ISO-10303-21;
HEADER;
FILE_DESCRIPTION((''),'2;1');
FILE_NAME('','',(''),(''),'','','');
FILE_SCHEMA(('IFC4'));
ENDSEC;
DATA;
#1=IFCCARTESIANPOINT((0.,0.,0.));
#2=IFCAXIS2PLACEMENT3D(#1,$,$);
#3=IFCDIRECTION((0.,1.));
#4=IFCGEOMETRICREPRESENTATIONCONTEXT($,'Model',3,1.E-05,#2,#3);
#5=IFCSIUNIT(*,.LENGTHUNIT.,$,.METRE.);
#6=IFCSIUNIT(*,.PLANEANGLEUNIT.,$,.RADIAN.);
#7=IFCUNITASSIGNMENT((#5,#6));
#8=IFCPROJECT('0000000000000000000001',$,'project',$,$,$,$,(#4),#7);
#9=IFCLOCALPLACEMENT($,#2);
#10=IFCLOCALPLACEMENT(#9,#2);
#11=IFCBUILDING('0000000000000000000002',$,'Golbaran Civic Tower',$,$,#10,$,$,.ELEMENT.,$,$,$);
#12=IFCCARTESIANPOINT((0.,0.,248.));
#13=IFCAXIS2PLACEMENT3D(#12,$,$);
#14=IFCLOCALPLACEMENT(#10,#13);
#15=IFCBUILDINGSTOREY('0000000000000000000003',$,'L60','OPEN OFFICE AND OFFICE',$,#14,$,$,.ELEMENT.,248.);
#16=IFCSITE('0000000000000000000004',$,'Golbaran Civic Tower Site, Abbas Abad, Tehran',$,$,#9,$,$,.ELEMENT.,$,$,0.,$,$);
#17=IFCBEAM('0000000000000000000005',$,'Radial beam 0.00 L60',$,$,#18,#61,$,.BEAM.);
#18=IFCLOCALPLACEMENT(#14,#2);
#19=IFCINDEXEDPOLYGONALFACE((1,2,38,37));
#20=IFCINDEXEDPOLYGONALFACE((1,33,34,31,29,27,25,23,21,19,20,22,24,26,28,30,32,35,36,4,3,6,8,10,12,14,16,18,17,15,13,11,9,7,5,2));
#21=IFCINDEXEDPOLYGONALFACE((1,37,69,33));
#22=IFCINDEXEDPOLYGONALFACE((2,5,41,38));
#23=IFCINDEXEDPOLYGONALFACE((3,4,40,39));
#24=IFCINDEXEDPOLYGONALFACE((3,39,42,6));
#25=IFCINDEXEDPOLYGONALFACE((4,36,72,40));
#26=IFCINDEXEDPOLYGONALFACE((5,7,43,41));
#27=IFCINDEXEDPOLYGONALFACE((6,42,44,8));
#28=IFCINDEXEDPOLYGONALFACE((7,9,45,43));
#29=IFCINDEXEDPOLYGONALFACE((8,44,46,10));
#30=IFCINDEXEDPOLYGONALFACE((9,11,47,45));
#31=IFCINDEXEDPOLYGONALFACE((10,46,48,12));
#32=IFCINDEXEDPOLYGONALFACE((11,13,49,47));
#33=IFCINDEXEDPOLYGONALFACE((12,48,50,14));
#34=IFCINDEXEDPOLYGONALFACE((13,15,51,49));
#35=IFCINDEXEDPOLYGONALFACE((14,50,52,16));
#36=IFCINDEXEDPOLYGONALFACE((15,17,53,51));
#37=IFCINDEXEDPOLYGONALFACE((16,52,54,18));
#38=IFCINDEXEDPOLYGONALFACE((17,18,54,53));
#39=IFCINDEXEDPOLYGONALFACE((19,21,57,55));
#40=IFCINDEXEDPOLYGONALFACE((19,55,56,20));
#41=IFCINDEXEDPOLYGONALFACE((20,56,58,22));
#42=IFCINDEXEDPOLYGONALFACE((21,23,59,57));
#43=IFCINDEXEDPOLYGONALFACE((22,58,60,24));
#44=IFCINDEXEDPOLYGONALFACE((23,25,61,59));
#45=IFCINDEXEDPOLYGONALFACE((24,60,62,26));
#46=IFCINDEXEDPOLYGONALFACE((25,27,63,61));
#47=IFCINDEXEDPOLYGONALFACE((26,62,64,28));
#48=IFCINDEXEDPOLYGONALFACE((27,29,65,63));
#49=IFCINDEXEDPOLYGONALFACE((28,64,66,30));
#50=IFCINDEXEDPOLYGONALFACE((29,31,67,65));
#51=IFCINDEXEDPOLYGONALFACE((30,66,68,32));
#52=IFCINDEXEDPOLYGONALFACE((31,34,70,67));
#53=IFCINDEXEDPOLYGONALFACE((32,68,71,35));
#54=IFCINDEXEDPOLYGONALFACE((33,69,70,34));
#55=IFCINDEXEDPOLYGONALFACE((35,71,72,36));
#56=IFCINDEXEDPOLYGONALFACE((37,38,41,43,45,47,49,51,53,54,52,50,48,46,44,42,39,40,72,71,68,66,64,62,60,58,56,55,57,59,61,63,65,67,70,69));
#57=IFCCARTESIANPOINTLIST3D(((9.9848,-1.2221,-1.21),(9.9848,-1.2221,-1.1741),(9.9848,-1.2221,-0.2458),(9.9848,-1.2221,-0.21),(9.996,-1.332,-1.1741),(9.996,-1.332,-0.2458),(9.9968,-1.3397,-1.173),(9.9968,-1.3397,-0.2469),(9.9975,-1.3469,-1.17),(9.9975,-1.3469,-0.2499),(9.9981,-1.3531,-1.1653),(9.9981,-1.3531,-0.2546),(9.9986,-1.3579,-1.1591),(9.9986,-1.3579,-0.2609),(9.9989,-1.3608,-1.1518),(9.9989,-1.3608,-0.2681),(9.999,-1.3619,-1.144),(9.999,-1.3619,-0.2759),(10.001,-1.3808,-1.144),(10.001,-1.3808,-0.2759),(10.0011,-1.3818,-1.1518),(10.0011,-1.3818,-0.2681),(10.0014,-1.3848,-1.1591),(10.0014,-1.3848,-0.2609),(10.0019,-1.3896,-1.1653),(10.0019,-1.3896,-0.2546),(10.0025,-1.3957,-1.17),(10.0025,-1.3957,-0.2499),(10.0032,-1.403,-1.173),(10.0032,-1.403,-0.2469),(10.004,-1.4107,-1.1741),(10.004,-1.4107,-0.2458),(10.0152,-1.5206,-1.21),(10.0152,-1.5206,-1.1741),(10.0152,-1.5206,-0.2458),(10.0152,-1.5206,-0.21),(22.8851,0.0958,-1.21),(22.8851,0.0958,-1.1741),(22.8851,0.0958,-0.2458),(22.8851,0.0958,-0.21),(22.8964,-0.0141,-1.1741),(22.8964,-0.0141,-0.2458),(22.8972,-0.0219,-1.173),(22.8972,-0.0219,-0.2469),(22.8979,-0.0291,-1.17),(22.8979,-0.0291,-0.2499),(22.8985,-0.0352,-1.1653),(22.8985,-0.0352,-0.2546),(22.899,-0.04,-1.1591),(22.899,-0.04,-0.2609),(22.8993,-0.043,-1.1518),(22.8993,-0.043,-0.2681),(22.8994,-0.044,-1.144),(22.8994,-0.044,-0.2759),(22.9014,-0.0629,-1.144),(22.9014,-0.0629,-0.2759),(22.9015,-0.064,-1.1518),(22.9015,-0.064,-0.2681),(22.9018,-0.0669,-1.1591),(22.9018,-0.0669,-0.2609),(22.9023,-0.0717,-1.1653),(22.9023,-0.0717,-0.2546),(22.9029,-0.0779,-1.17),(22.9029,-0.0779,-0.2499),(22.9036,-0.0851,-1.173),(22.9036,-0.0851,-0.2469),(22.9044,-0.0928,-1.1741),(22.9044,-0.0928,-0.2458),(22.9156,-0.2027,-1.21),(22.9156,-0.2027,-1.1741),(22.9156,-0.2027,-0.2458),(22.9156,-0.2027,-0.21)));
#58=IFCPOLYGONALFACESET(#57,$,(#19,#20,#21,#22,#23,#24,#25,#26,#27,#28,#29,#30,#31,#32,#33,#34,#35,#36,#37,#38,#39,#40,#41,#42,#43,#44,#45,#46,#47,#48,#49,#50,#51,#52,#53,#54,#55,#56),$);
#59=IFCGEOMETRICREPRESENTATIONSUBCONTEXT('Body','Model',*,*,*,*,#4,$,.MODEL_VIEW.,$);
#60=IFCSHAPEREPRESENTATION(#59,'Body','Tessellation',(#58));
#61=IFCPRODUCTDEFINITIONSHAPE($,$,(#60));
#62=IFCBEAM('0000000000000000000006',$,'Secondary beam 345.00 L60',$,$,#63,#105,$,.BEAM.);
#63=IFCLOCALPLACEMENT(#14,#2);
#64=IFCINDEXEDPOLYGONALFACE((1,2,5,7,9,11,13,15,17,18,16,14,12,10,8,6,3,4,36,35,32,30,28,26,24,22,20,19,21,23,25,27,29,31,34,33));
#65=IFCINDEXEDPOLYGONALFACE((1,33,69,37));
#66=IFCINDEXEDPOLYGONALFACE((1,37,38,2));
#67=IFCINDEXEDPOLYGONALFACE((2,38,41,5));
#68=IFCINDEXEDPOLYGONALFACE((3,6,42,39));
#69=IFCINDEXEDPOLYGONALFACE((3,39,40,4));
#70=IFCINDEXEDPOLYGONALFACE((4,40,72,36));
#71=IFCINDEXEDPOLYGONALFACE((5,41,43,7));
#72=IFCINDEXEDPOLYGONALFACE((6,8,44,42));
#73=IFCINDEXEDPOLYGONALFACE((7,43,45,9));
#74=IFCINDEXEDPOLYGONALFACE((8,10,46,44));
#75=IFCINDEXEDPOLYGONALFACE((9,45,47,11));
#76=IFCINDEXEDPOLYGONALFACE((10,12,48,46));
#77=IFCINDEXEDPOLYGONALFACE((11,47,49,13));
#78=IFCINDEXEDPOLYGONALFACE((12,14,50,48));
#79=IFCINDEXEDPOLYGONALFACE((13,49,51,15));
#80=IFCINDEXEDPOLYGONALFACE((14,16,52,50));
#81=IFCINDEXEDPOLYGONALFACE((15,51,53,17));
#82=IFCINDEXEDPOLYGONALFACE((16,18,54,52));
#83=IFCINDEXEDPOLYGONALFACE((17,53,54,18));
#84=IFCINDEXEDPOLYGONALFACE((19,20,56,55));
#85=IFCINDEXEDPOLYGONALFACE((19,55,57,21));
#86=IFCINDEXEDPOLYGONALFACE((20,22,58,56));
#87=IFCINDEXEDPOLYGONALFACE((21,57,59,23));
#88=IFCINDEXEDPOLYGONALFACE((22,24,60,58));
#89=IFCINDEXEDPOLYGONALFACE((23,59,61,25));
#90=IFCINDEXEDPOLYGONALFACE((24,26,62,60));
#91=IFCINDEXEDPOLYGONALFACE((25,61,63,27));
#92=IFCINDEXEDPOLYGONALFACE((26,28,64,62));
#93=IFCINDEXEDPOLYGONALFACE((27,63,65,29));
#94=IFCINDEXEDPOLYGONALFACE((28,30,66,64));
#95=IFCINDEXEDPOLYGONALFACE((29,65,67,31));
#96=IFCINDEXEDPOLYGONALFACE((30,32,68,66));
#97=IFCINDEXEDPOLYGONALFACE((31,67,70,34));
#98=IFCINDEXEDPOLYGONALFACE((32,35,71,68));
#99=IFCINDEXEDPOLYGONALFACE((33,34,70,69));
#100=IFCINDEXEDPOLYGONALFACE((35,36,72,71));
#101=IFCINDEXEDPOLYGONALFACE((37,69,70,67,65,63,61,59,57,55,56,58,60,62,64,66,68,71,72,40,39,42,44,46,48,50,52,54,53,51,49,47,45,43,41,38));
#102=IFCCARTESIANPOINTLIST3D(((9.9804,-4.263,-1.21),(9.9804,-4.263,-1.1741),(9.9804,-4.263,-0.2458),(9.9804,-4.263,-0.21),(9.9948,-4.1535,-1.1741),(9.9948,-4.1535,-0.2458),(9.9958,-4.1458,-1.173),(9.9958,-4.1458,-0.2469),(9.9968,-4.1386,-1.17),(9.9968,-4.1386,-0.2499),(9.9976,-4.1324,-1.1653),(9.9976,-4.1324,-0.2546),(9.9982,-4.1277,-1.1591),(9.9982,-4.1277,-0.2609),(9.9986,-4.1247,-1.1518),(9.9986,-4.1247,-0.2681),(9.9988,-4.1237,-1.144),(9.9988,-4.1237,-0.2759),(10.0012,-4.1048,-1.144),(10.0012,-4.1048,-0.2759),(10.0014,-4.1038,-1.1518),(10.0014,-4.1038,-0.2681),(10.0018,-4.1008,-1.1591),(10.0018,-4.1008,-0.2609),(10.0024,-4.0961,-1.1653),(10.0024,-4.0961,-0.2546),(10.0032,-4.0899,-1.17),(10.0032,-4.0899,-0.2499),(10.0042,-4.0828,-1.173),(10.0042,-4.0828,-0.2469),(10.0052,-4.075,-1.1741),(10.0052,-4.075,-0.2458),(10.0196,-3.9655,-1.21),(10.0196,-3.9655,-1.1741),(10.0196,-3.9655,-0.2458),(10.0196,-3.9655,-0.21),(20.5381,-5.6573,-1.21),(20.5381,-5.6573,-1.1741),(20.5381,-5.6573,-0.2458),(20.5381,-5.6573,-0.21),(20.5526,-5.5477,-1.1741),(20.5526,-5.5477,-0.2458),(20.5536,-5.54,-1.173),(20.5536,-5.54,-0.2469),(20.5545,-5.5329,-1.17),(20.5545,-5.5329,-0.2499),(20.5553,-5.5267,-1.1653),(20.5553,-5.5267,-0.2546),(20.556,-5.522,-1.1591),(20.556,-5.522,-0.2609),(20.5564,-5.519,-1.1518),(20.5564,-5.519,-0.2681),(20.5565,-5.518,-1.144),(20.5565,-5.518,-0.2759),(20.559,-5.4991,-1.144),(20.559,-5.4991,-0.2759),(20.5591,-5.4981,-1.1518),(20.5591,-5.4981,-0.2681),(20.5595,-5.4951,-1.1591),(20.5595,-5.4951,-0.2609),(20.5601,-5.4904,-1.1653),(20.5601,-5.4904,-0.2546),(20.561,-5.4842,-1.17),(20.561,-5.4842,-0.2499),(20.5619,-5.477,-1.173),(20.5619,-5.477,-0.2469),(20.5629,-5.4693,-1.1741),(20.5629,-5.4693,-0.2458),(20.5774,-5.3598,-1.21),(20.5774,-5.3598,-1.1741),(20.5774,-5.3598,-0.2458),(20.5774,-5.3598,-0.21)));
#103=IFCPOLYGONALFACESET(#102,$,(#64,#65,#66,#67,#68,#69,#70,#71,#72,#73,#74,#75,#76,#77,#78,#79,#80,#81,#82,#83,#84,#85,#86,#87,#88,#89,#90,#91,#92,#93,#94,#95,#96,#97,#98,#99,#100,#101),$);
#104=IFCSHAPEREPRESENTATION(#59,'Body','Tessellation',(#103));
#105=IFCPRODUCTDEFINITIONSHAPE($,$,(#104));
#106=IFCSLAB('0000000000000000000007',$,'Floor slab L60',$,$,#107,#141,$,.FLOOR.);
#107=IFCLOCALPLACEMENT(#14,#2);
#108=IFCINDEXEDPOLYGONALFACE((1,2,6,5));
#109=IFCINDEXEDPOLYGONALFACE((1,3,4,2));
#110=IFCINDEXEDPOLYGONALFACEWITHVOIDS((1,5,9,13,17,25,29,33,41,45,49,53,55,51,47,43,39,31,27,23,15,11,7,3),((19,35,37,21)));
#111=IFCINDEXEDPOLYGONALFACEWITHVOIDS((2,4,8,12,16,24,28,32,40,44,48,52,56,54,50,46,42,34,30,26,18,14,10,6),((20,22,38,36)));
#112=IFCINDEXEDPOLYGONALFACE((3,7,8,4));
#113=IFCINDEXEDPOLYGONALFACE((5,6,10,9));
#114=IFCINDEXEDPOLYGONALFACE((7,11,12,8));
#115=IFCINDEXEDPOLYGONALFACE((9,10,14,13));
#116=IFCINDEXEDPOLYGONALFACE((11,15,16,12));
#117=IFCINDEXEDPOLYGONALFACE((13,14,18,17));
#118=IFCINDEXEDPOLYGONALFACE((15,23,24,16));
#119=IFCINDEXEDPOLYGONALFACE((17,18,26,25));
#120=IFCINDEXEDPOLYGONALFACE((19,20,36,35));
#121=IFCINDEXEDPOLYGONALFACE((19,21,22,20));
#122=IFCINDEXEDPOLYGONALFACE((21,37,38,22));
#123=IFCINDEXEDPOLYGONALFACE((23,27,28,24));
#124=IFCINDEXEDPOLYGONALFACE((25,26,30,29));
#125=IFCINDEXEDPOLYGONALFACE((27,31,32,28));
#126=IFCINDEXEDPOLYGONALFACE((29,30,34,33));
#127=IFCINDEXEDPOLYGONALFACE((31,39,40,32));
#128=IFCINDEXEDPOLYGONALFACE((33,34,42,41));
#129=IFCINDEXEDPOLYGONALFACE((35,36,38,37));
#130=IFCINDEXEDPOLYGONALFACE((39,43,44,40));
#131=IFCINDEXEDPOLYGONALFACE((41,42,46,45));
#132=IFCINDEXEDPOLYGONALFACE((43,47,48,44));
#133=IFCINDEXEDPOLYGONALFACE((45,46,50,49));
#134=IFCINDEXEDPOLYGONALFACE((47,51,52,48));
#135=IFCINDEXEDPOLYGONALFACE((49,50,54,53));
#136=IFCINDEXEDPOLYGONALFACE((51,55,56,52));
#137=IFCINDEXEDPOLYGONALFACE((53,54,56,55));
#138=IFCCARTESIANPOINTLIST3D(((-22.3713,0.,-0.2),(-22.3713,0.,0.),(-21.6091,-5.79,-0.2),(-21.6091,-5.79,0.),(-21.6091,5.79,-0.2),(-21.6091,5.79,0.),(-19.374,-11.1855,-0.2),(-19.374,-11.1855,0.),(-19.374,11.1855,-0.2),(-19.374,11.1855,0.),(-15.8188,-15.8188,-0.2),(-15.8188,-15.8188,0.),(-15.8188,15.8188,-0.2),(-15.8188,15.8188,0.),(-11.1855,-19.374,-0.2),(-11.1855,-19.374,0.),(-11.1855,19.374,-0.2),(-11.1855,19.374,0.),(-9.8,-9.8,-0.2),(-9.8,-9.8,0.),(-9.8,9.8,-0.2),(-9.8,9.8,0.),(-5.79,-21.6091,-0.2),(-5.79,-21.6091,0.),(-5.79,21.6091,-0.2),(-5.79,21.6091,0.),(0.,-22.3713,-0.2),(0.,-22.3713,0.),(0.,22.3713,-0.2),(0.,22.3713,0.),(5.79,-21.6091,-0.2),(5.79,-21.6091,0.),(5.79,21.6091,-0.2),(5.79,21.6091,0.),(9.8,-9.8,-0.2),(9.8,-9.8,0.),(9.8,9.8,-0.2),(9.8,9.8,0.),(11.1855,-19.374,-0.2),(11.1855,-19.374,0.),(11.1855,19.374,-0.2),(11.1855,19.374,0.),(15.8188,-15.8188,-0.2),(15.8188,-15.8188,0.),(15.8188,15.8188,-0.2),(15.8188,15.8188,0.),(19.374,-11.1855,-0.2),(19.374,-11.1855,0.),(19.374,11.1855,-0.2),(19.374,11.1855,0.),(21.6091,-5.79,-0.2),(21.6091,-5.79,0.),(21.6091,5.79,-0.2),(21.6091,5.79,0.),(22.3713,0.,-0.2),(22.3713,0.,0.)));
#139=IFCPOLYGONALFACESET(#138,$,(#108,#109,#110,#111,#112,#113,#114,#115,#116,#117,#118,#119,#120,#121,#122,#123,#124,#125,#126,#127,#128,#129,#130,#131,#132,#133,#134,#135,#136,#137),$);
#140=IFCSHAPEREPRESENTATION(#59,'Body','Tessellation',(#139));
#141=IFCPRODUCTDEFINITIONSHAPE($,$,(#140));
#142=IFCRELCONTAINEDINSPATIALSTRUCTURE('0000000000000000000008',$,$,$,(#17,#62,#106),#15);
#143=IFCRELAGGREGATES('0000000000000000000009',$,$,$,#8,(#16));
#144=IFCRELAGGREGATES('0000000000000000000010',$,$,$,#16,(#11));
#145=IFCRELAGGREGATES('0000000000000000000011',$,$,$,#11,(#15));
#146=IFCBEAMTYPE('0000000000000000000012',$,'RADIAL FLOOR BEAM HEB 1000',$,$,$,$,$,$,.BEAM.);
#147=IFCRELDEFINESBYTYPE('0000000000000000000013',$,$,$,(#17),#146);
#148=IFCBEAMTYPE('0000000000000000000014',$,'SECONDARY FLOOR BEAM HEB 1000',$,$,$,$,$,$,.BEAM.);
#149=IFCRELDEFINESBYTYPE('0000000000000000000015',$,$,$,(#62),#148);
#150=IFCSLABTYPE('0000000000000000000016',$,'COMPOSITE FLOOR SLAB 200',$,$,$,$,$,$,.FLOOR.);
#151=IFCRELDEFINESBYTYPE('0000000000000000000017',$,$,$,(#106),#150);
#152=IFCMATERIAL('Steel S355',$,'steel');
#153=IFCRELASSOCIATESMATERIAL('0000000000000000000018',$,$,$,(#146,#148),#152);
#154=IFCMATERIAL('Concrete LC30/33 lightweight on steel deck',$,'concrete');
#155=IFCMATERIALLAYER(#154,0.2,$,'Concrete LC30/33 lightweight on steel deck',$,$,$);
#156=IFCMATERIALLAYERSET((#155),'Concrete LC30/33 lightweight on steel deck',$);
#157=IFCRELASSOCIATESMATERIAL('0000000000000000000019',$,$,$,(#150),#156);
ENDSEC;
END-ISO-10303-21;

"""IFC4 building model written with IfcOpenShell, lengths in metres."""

from ifc_helpers import new_model, si_unit, direction, frame, origin, origin_2d, place, context, subcontext, project, spatial, polyline, i_section, outline, extrude, material, layer, layer_set, material_profile, profile_set, type_object, element, save


model = new_model("IFC4")

# Units and contexts
model_context = context("Model", 3, precision=1e-05, world=origin(), true_north=direction((0.0, 1.0)))
body_context = subcontext(model_context, "Body", "Model", "MODEL_VIEW")
ifc_project = project(units=[si_unit("LENGTHUNIT", "METRE"), si_unit("PLANEANGLEUNIT", "RADIAN")], contexts=[model_context])

# Site, building, storey
site_placement = place(None, origin())
site = spatial("IfcSite", under=ifc_project, at=site_placement, Name="Golbaran Civic Tower Site, Abbas Abad, Tehran", CompositionType="ELEMENT", RefElevation=0.0)
building_placement = place(site_placement, origin())
building = spatial("IfcBuilding", under=site, at=building_placement, Name="Golbaran Civic Tower", CompositionType="ELEMENT")
storey_placement = place(building_placement, frame((0.0, 0.0, 248.0)))
storey = spatial("IfcBuildingStorey", under=building, at=storey_placement, Name="L60", Description="OPEN OFFICE AND OFFICE", CompositionType="ELEMENT", Elevation=248.0)

# Beams
ifc_material_1 = material(Name="Steel S355", Category="steel")
ifc_material_profile_1 = material_profile(ifc_material_1, i_section(OverallWidth=0.3, OverallDepth=1.0, WebThickness=0.019, FlangeThickness=0.0359, FilletRadius=0.03, at=origin_2d()), Name="HEB 1000")
ifc_profile_set_1 = profile_set([ifc_material_profile_1], Name="Steel S355")
beam_type_1 = type_object("IfcBeamType", Name="RADIAL FLOOR BEAM HEB 1000", PredefinedType="BEAM", material=ifc_profile_set_1)
beam_1_placement = place(storey_placement, frame((10.0, -1.3713, -0.71), z_axis=(0.994822, 0.101629, 0.0), x_axis=(-0.101629, 0.994822, 0.0)))
element("IfcBeam", 1, at=beam_1_placement, inside=storey, type_object=beam_type_1, Name="Radial beam 0.00 L60", PredefinedType="BEAM", context=body_context, shape_type="SweptSolid", body=[
    extrude(i_section(OverallWidth=0.3, OverallDepth=1.0, WebThickness=0.019, FlangeThickness=0.0359, FilletRadius=0.03, at=origin_2d()), origin(), (0.0, 0.0, 1.0), 12.9675),
])
ifc_material_profile_2 = material_profile(ifc_material_1, i_section(OverallWidth=0.3, OverallDepth=1.0, WebThickness=0.019, FlangeThickness=0.0359, FilletRadius=0.03, at=origin_2d()), Name="HEB 1000")
ifc_profile_set_2 = profile_set([ifc_material_profile_2], Name="Steel S355")
beam_type_2 = type_object("IfcBeamType", Name="SECONDARY FLOOR BEAM HEB 1000", PredefinedType="BEAM", material=ifc_profile_set_2)
beam_2_placement = place(storey_placement, frame((10.0, -4.1143, -0.71), z_axis=(0.991392, -0.130925, 0.0), x_axis=(0.130925, 0.991392, 0.0)))
element("IfcBeam", 2, at=beam_2_placement, inside=storey, type_object=beam_type_2, Name="Secondary beam 345.00 L60", PredefinedType="BEAM", context=body_context, shape_type="SweptSolid", body=[
    extrude(i_section(OverallWidth=0.3, OverallDepth=1.0, WebThickness=0.019, FlangeThickness=0.0359, FilletRadius=0.03, at=origin_2d()), origin(), (0.0, 0.0, 1.0), 10.6494),
])

# Slab
ifc_material_2 = material(Name="Concrete LC30/33 lightweight on steel deck", Category="concrete")
ifc_layer_1 = layer(ifc_material_2, 0.2, Name="Concrete LC30/33 lightweight on steel deck")
ifc_layer_set_1 = layer_set([ifc_layer_1], Name="Concrete LC30/33 lightweight on steel deck")
slab_type_1 = type_object("IfcSlabType", Name="COMPOSITE FLOOR SLAB 200", PredefinedType="FLOOR", material=ifc_layer_set_1)
slab_1_placement = place(storey_placement, frame((0.0, 0.0, -0.2)))
element("IfcSlab", 3, at=slab_1_placement, inside=storey, type_object=slab_type_1, Name="Floor slab L60", PredefinedType="FLOOR", context=body_context, shape_type="SweptSolid", body=[
    extrude(outline(polyline([(19.374, -11.1855), (15.8188, -15.8188), (11.1855, -19.374), (5.79, -21.6091), (0.0, -22.3713), (-5.79, -21.6091), (-11.1855, -19.374), (-15.8188, -15.8188), (-19.374, -11.1855), (-21.6091, -5.79), (-22.3713, 0.0), (-21.6091, 5.79), (-19.374, 11.1855), (-15.8188, 15.8188), (-11.1855, 19.374), (-5.79, 21.6091), (0.0, 22.3713), (5.79, 21.6091), (11.1855, 19.374), (15.8188, 15.8188), (19.374, 11.1855), (21.6091, 5.79), (22.3713, 0.0), (21.6091, -5.79), (19.374, -11.1855)]), holes=[polyline([(-9.8, 9.8), (-9.8, -9.8), (9.8, -9.8), (9.8, 9.8), (-9.8, 9.8)])]), origin(), (0.0, 0.0, 1.0), 0.2),
])

save(model, "model.ifc")
